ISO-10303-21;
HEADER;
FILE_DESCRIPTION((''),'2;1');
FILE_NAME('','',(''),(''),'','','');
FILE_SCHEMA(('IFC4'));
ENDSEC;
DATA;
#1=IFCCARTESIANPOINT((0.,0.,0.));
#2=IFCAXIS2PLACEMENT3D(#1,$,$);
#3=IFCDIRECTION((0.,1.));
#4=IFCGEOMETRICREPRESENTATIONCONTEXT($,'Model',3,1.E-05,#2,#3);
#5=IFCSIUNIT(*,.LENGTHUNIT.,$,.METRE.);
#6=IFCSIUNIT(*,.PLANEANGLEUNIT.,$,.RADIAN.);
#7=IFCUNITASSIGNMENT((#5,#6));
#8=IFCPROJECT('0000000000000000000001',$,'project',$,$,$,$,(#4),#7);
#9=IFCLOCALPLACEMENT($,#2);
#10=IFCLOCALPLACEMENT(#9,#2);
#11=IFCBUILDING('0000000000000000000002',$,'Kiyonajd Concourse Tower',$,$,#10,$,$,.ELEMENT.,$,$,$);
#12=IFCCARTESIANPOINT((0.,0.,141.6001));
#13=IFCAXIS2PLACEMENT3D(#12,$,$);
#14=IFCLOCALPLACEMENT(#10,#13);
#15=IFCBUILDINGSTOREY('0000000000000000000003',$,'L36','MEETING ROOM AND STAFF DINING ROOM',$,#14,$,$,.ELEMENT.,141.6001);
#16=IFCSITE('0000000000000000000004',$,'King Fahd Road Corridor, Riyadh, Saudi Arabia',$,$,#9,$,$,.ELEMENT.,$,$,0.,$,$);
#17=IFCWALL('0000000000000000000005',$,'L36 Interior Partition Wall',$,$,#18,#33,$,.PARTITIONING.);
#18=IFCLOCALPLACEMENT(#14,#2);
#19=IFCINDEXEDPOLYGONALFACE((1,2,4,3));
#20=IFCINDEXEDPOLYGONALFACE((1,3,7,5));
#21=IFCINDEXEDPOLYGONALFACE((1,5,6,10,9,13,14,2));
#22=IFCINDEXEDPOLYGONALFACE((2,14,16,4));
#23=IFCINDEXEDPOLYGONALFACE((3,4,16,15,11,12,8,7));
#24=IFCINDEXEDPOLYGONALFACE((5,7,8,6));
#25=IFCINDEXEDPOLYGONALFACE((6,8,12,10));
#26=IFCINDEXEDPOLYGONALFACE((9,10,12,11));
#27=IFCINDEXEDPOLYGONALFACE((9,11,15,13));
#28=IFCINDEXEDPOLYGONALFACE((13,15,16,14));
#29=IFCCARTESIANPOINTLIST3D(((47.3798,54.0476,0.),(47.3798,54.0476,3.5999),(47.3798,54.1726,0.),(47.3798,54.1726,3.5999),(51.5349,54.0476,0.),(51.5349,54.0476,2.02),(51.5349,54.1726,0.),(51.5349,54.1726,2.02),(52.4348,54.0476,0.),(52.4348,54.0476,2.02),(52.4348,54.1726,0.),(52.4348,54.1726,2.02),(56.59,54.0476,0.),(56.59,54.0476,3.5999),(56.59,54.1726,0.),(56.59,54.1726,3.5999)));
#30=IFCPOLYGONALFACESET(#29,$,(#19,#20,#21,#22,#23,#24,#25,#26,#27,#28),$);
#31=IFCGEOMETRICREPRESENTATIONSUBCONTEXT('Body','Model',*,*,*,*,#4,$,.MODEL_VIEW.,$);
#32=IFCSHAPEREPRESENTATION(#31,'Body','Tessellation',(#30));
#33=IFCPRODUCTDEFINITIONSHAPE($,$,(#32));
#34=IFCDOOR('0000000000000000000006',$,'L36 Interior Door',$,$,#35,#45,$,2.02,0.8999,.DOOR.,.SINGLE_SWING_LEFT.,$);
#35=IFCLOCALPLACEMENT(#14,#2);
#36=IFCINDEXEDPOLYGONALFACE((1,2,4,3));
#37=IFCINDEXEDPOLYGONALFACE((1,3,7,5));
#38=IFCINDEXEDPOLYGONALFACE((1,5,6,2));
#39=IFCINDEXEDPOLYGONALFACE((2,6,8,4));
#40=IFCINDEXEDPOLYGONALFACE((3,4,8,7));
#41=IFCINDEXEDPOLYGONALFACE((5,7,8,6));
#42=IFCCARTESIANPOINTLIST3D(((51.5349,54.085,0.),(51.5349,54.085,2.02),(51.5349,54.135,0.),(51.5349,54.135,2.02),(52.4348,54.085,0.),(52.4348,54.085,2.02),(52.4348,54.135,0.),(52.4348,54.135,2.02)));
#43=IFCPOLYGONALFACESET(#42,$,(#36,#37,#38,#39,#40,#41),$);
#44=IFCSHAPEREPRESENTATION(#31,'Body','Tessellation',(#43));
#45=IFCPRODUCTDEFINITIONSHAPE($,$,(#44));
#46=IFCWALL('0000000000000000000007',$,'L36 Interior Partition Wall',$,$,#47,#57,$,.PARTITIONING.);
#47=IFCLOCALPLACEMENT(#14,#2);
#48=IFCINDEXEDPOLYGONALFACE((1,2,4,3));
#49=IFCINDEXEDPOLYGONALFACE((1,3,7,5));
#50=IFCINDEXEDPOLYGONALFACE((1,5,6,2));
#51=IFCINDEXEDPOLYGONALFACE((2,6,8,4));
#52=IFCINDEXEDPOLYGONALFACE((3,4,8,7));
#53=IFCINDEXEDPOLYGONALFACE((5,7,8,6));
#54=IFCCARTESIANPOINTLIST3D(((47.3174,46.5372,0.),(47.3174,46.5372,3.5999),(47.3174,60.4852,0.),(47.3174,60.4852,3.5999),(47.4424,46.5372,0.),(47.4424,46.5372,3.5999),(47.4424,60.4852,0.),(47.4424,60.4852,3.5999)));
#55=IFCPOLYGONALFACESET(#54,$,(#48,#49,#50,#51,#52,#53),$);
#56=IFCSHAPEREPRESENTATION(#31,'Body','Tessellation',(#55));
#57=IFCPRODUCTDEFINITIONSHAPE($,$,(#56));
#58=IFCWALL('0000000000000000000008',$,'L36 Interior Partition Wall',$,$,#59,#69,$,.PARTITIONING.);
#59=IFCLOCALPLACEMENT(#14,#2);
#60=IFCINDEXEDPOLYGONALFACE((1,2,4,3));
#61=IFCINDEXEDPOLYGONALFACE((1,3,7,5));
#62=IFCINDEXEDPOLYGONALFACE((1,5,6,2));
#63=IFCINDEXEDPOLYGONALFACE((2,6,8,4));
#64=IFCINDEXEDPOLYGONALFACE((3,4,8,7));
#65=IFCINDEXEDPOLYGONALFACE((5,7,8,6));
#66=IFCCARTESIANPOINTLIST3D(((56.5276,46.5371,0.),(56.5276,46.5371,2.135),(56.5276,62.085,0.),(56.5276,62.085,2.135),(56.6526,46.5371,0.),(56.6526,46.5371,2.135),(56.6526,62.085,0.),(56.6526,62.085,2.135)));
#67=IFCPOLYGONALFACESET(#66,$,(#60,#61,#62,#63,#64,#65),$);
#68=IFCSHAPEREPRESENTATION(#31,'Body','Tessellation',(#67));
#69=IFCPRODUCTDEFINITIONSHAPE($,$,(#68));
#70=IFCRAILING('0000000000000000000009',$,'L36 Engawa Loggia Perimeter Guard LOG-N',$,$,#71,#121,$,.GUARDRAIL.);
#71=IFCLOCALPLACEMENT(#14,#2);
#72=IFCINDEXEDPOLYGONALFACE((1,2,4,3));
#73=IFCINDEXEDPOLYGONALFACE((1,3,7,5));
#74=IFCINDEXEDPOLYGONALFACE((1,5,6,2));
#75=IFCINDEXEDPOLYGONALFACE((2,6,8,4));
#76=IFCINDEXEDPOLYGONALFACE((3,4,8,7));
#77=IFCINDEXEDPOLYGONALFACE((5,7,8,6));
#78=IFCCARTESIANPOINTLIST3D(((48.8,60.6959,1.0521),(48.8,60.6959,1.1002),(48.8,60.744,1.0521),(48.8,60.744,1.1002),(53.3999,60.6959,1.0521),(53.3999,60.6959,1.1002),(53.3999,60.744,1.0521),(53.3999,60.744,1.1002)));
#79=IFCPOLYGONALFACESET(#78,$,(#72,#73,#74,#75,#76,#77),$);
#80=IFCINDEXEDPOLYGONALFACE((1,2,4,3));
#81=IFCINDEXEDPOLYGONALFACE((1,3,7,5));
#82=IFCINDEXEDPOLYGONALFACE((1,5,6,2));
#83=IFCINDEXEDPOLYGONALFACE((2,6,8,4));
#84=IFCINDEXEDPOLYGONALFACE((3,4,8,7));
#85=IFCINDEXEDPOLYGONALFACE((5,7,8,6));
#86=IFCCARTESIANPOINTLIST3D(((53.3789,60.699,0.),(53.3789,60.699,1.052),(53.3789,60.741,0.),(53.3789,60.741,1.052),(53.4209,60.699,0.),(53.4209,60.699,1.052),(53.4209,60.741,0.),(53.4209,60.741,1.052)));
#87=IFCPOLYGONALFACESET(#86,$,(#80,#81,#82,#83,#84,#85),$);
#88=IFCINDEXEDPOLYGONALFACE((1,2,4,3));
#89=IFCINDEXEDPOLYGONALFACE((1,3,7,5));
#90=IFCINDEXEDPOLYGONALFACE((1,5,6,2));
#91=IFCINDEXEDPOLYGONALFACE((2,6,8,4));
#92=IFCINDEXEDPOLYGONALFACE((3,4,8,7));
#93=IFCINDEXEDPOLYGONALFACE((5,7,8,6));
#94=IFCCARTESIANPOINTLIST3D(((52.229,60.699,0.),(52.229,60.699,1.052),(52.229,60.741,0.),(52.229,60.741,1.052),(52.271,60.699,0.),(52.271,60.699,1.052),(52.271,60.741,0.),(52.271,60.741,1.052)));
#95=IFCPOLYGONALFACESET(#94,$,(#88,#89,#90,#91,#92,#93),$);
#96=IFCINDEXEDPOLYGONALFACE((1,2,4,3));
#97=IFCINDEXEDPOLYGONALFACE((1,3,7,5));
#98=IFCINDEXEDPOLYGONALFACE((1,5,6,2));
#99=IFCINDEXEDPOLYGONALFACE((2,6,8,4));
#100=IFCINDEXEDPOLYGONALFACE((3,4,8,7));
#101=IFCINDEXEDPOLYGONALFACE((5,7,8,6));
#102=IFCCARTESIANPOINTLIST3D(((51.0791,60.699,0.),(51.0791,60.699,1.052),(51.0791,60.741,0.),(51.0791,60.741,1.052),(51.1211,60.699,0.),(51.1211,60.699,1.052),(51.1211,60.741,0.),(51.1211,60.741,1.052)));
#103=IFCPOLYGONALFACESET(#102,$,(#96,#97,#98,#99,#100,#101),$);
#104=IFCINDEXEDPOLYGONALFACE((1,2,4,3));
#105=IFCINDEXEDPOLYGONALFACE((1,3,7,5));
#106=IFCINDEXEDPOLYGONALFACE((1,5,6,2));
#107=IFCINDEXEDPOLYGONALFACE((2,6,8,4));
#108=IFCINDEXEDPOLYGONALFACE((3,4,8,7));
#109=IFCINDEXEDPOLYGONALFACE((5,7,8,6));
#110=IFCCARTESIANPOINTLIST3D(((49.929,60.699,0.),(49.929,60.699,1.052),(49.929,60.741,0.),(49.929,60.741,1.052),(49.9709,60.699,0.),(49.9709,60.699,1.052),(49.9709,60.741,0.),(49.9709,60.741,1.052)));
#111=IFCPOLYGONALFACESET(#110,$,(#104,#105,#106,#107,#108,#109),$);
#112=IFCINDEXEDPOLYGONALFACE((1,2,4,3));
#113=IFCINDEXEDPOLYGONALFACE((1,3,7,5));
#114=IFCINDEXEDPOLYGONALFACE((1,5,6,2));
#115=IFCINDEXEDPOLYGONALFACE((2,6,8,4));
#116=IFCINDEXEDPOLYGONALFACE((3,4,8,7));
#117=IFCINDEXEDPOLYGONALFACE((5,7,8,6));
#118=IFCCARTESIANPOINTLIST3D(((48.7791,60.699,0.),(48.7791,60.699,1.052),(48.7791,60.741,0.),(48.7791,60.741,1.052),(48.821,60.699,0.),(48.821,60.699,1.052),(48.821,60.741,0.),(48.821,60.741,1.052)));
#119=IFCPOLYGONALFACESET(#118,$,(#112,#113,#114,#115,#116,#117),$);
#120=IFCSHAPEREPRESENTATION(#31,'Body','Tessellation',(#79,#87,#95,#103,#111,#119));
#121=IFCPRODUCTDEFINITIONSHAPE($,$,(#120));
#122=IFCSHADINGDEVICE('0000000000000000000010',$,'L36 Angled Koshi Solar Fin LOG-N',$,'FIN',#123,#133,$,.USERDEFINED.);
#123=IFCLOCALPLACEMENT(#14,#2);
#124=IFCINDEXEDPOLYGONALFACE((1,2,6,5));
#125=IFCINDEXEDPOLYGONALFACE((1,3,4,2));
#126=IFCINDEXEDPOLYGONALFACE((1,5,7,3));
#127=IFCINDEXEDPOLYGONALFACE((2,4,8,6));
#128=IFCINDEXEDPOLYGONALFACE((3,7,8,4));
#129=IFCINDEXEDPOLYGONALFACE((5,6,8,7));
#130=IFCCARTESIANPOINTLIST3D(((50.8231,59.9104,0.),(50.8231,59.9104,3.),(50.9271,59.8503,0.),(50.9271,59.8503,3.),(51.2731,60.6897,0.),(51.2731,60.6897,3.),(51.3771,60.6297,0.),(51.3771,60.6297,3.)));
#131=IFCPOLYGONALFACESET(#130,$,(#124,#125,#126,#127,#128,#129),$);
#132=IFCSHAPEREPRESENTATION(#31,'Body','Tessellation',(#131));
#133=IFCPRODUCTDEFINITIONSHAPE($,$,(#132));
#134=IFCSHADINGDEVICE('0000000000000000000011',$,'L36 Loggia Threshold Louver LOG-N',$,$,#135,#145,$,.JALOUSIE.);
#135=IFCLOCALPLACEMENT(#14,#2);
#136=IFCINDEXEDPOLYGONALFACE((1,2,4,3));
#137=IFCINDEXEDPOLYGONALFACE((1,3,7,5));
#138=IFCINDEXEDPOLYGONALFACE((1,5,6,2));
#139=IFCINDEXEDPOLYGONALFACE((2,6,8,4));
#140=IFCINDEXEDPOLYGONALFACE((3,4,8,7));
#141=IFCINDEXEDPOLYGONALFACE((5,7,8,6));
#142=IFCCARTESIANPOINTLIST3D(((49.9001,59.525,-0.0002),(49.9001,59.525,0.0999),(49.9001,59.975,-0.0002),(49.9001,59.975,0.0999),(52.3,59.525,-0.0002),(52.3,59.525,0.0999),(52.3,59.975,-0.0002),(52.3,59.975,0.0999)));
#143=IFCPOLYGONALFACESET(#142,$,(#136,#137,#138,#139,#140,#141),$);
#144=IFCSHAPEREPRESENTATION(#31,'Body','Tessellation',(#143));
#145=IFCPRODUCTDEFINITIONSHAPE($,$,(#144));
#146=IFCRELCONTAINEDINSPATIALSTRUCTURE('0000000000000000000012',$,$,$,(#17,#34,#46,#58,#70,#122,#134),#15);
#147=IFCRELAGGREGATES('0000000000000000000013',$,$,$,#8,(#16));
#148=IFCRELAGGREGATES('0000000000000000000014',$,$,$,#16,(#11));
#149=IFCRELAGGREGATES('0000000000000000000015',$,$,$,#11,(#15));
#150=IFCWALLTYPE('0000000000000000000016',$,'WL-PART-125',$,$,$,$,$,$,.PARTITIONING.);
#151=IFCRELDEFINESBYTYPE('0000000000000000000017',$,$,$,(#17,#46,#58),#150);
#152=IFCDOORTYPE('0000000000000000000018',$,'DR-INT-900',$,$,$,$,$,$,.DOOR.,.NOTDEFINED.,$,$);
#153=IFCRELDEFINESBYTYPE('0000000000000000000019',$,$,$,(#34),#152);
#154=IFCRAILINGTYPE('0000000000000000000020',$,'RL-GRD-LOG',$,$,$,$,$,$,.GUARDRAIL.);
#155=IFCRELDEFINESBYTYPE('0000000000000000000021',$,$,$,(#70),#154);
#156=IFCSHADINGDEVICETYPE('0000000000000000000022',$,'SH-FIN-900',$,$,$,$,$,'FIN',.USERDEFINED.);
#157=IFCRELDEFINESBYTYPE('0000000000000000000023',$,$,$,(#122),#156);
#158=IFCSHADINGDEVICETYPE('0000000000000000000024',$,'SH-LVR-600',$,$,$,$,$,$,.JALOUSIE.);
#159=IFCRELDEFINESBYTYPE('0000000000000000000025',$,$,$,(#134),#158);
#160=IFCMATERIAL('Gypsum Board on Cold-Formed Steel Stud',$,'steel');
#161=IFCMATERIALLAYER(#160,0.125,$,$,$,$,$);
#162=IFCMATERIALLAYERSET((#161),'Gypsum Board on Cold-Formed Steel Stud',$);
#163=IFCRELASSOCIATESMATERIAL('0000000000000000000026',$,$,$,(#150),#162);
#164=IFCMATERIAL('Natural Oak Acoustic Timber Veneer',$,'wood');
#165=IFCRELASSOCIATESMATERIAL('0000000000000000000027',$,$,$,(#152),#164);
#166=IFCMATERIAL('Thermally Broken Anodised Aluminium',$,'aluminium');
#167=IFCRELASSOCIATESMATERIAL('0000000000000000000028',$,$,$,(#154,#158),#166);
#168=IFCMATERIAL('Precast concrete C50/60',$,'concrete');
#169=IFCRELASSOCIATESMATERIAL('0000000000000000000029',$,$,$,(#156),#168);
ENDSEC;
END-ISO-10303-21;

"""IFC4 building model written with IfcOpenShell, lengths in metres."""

from ifc_helpers import new_model, si_unit, direction, frame, frame_2d, origin, origin_2d, place, context, subcontext, project, spatial, rectangle, extrude, material, layer, layer_set, type_object, element, fill, save


model = new_model("IFC4")

# Units and contexts
model_context = context("Model", 3, precision=1e-05, world=origin(), true_north=direction((0.0, 1.0)))
body_context = subcontext(model_context, "Body", "Model", "MODEL_VIEW")
ifc_project = project(units=[si_unit("LENGTHUNIT", "METRE"), si_unit("PLANEANGLEUNIT", "RADIAN")], contexts=[model_context])

# Site, building, storey
site_placement = place(None, origin())
site = spatial("IfcSite", under=ifc_project, at=site_placement, Name="King Fahd Road Corridor, Riyadh, Saudi Arabia", CompositionType="ELEMENT", RefElevation=0.0)
building_placement = place(site_placement, origin())
building = spatial("IfcBuilding", under=site, at=building_placement, Name="Kiyonajd Concourse Tower", CompositionType="ELEMENT")
storey_placement = place(building_placement, frame((0.0, 0.0, 141.6001)))
storey = spatial("IfcBuildingStorey", under=building, at=storey_placement, Name="L36", Description="MEETING ROOM AND STAFF DINING ROOM", CompositionType="ELEMENT", Elevation=141.6001)

# Shared definitions
ifc_material_1 = material(Name="Thermally Broken Anodised Aluminium", Category="aluminium")

# Shared definitions
ifc_material_2 = material(Name="Precast concrete C50/60", Category="concrete")

# Shared definitions
ifc_material_3 = material(Name="Gypsum Board on Cold-Formed Steel Stud", Category="steel")
ifc_layer_1 = layer(ifc_material_3, 0.125)
ifc_layer_set_1 = layer_set([ifc_layer_1], Name="Gypsum Board on Cold-Formed Steel Stud")
wall_type_1 = type_object("IfcWallType", Name="WL-PART-125", PredefinedType="PARTITIONING", material=ifc_layer_set_1)

# Wall, opening, door
wall_1_placement = place(storey_placement, frame((47.3799, 54.1101, 0.0), z_axis=(0.0, 0.0, 1.0), x_axis=(1.0, 0.0, 0.0)))
wall_1 = element("IfcWall", 1, at=wall_1_placement, inside=storey, type_object=wall_type_1, Name="L36 Interior Partition Wall", PredefinedType="PARTITIONING", context=body_context, shape_type="SweptSolid", body=[
    extrude(rectangle(XDim=9.2102, YDim=0.125, at=frame_2d((4.605, 0.0))), origin(), (0.0, 0.0, 1.0), 3.5999),
])
opening_1_placement = place(wall_1_placement, frame((4.155, 0.0, 0.0)))
opening_1 = element("IfcOpeningElement", 2, at=opening_1_placement, cuts=wall_1, PredefinedType="OPENING", context=body_context, shape_type="SweptSolid", body=[
    extrude(rectangle(XDim=0.8999, YDim=2.02, at=frame_2d((0.45, 1.01))), frame((0.0, 0.0725, 0.0), z_axis=(0.0, -1.0, 0.0), x_axis=(1.0, 0.0, 0.0)), (0.0, 0.0, 1.0), 0.145),
])
ifc_material_4 = material(Name="Natural Oak Acoustic Timber Veneer", Category="wood")
door_type_1 = type_object("IfcDoorType", Name="DR-INT-900", OperationType="NOTDEFINED", PredefinedType="DOOR", material=ifc_material_4)
door_1_placement = place(opening_1_placement, origin())
door_1 = element("IfcDoor", 3, at=door_1_placement, inside=storey, type_object=door_type_1, Name="L36 Interior Door", OperationType="SINGLE_SWING_LEFT", OverallHeight=2.02, OverallWidth=0.8999, PredefinedType="DOOR", context=body_context, shape_type="SweptSolid", body=[
    extrude(rectangle(XDim=0.8999, YDim=2.02, at=frame_2d((0.45, 1.01))), frame((0.0, 0.0249, 0.0), z_axis=(0.0, -1.0, 0.0), x_axis=(1.0, 0.0, 0.0)), (0.0, 0.0, 1.0), 0.05),
])
fill(opening_1, door_1)

# Walls
wall_2_placement = place(storey_placement, frame((47.3799, 46.5371, 0.0), z_axis=(0.0, 0.0, 1.0), x_axis=(0.0, 1.0, 0.0)))
element("IfcWall", 4, at=wall_2_placement, inside=storey, type_object=wall_type_1, Name="L36 Interior Partition Wall", PredefinedType="PARTITIONING", context=body_context, shape_type="SweptSolid", body=[
    extrude(rectangle(XDim=13.948, YDim=0.125, at=frame_2d((6.9741, 0.0))), origin(), (0.0, 0.0, 1.0), 3.5999),
])
wall_3_placement = place(storey_placement, frame((56.5901, 46.5371, 0.0), z_axis=(0.0, 0.0, 1.0), x_axis=(0.0, 1.0, 0.0)))
element("IfcWall", 5, at=wall_3_placement, inside=storey, type_object=wall_type_1, Name="L36 Interior Partition Wall", PredefinedType="PARTITIONING", context=body_context, shape_type="SweptSolid", body=[
    extrude(rectangle(XDim=15.5479, YDim=0.125, at=frame_2d((7.7739, 0.0))), origin(), (0.0, 0.0, 1.0), 2.135),
])

# Railing
railing_type = type_object("IfcRailingType", Name="RL-GRD-LOG", PredefinedType="GUARDRAIL", material=ifc_material_1)
railing_placement = place(storey_placement, frame((53.3999, 60.72, 0.0)))
element("IfcRailing", 6, at=railing_placement, inside=storey, type_object=railing_type, Name="L36 Engawa Loggia Perimeter Guard LOG-N", PredefinedType="GUARDRAIL", context=body_context, shape_type="SweptSolid", body=[
    extrude(rectangle(XDim=0.0481, YDim=0.0481, at=origin_2d()), frame((0.0, 0.0, 1.0762), z_axis=(-1.0, 0.0, 0.0), x_axis=(0.0, -1.0, 0.0)), (0.0, 0.0, 1.0), 4.5999),
    extrude(rectangle(XDim=0.042, YDim=0.042, at=origin_2d()), origin(), (0.0, 0.0, 1.0), 1.052),
    extrude(rectangle(XDim=0.042, YDim=0.042, at=origin_2d()), frame((-1.1499, 0.0, 0.0)), (0.0, 0.0, 1.0), 1.052),
    extrude(rectangle(XDim=0.042, YDim=0.042, at=origin_2d()), frame((-2.2998, 0.0, 0.0)), (0.0, 0.0, 1.0), 1.052),
    extrude(rectangle(XDim=0.042, YDim=0.042, at=origin_2d()), frame((-3.45, 0.0, 0.0)), (0.0, 0.0, 1.0), 1.052),
    extrude(rectangle(XDim=0.042, YDim=0.042, at=origin_2d()), frame((-4.5999, 0.0, 0.0)), (0.0, 0.0, 1.0), 1.052),
])

# Shading devices
shading_device_type_1 = type_object("IfcShadingDeviceType", Name="SH-FIN-900", ElementType="FIN", PredefinedType="USERDEFINED", material=ifc_material_2)
shading_device_1_placement = place(storey_placement, frame((51.1001, 60.27, 0.0), z_axis=(0.0, 0.0, 1.0), x_axis=(0.5, 0.866025, 0.0)))
element("IfcShadingDevice", 7, at=shading_device_1_placement, inside=storey, type_object=shading_device_type_1, Name="L36 Angled Koshi Solar Fin LOG-N", ObjectType="FIN", PredefinedType="USERDEFINED", context=body_context, shape_type="SweptSolid", body=[
    extrude(rectangle(XDim=0.8999, YDim=0.1201, at=origin_2d()), origin(), (0.0, 0.0, 1.0), 3.0),
])
shading_device_type_2 = type_object("IfcShadingDeviceType", Name="SH-LVR-600", PredefinedType="JALOUSIE", material=ifc_material_1)
shading_device_2_placement = place(storey_placement, frame((51.1001, 59.75, -0.0002), z_axis=(0.0, 0.0, 1.0), x_axis=(1.0, 0.0, 0.0)))
element("IfcShadingDevice", 8, at=shading_device_2_placement, inside=storey, type_object=shading_device_type_2, Name="L36 Loggia Threshold Louver LOG-N", PredefinedType="JALOUSIE", context=body_context, shape_type="SweptSolid", body=[
    extrude(rectangle(XDim=2.3999, YDim=0.45, at=origin_2d()), origin(), (0.0, 0.0, 1.0), 0.1001),
])

save(model, "model.ifc")
